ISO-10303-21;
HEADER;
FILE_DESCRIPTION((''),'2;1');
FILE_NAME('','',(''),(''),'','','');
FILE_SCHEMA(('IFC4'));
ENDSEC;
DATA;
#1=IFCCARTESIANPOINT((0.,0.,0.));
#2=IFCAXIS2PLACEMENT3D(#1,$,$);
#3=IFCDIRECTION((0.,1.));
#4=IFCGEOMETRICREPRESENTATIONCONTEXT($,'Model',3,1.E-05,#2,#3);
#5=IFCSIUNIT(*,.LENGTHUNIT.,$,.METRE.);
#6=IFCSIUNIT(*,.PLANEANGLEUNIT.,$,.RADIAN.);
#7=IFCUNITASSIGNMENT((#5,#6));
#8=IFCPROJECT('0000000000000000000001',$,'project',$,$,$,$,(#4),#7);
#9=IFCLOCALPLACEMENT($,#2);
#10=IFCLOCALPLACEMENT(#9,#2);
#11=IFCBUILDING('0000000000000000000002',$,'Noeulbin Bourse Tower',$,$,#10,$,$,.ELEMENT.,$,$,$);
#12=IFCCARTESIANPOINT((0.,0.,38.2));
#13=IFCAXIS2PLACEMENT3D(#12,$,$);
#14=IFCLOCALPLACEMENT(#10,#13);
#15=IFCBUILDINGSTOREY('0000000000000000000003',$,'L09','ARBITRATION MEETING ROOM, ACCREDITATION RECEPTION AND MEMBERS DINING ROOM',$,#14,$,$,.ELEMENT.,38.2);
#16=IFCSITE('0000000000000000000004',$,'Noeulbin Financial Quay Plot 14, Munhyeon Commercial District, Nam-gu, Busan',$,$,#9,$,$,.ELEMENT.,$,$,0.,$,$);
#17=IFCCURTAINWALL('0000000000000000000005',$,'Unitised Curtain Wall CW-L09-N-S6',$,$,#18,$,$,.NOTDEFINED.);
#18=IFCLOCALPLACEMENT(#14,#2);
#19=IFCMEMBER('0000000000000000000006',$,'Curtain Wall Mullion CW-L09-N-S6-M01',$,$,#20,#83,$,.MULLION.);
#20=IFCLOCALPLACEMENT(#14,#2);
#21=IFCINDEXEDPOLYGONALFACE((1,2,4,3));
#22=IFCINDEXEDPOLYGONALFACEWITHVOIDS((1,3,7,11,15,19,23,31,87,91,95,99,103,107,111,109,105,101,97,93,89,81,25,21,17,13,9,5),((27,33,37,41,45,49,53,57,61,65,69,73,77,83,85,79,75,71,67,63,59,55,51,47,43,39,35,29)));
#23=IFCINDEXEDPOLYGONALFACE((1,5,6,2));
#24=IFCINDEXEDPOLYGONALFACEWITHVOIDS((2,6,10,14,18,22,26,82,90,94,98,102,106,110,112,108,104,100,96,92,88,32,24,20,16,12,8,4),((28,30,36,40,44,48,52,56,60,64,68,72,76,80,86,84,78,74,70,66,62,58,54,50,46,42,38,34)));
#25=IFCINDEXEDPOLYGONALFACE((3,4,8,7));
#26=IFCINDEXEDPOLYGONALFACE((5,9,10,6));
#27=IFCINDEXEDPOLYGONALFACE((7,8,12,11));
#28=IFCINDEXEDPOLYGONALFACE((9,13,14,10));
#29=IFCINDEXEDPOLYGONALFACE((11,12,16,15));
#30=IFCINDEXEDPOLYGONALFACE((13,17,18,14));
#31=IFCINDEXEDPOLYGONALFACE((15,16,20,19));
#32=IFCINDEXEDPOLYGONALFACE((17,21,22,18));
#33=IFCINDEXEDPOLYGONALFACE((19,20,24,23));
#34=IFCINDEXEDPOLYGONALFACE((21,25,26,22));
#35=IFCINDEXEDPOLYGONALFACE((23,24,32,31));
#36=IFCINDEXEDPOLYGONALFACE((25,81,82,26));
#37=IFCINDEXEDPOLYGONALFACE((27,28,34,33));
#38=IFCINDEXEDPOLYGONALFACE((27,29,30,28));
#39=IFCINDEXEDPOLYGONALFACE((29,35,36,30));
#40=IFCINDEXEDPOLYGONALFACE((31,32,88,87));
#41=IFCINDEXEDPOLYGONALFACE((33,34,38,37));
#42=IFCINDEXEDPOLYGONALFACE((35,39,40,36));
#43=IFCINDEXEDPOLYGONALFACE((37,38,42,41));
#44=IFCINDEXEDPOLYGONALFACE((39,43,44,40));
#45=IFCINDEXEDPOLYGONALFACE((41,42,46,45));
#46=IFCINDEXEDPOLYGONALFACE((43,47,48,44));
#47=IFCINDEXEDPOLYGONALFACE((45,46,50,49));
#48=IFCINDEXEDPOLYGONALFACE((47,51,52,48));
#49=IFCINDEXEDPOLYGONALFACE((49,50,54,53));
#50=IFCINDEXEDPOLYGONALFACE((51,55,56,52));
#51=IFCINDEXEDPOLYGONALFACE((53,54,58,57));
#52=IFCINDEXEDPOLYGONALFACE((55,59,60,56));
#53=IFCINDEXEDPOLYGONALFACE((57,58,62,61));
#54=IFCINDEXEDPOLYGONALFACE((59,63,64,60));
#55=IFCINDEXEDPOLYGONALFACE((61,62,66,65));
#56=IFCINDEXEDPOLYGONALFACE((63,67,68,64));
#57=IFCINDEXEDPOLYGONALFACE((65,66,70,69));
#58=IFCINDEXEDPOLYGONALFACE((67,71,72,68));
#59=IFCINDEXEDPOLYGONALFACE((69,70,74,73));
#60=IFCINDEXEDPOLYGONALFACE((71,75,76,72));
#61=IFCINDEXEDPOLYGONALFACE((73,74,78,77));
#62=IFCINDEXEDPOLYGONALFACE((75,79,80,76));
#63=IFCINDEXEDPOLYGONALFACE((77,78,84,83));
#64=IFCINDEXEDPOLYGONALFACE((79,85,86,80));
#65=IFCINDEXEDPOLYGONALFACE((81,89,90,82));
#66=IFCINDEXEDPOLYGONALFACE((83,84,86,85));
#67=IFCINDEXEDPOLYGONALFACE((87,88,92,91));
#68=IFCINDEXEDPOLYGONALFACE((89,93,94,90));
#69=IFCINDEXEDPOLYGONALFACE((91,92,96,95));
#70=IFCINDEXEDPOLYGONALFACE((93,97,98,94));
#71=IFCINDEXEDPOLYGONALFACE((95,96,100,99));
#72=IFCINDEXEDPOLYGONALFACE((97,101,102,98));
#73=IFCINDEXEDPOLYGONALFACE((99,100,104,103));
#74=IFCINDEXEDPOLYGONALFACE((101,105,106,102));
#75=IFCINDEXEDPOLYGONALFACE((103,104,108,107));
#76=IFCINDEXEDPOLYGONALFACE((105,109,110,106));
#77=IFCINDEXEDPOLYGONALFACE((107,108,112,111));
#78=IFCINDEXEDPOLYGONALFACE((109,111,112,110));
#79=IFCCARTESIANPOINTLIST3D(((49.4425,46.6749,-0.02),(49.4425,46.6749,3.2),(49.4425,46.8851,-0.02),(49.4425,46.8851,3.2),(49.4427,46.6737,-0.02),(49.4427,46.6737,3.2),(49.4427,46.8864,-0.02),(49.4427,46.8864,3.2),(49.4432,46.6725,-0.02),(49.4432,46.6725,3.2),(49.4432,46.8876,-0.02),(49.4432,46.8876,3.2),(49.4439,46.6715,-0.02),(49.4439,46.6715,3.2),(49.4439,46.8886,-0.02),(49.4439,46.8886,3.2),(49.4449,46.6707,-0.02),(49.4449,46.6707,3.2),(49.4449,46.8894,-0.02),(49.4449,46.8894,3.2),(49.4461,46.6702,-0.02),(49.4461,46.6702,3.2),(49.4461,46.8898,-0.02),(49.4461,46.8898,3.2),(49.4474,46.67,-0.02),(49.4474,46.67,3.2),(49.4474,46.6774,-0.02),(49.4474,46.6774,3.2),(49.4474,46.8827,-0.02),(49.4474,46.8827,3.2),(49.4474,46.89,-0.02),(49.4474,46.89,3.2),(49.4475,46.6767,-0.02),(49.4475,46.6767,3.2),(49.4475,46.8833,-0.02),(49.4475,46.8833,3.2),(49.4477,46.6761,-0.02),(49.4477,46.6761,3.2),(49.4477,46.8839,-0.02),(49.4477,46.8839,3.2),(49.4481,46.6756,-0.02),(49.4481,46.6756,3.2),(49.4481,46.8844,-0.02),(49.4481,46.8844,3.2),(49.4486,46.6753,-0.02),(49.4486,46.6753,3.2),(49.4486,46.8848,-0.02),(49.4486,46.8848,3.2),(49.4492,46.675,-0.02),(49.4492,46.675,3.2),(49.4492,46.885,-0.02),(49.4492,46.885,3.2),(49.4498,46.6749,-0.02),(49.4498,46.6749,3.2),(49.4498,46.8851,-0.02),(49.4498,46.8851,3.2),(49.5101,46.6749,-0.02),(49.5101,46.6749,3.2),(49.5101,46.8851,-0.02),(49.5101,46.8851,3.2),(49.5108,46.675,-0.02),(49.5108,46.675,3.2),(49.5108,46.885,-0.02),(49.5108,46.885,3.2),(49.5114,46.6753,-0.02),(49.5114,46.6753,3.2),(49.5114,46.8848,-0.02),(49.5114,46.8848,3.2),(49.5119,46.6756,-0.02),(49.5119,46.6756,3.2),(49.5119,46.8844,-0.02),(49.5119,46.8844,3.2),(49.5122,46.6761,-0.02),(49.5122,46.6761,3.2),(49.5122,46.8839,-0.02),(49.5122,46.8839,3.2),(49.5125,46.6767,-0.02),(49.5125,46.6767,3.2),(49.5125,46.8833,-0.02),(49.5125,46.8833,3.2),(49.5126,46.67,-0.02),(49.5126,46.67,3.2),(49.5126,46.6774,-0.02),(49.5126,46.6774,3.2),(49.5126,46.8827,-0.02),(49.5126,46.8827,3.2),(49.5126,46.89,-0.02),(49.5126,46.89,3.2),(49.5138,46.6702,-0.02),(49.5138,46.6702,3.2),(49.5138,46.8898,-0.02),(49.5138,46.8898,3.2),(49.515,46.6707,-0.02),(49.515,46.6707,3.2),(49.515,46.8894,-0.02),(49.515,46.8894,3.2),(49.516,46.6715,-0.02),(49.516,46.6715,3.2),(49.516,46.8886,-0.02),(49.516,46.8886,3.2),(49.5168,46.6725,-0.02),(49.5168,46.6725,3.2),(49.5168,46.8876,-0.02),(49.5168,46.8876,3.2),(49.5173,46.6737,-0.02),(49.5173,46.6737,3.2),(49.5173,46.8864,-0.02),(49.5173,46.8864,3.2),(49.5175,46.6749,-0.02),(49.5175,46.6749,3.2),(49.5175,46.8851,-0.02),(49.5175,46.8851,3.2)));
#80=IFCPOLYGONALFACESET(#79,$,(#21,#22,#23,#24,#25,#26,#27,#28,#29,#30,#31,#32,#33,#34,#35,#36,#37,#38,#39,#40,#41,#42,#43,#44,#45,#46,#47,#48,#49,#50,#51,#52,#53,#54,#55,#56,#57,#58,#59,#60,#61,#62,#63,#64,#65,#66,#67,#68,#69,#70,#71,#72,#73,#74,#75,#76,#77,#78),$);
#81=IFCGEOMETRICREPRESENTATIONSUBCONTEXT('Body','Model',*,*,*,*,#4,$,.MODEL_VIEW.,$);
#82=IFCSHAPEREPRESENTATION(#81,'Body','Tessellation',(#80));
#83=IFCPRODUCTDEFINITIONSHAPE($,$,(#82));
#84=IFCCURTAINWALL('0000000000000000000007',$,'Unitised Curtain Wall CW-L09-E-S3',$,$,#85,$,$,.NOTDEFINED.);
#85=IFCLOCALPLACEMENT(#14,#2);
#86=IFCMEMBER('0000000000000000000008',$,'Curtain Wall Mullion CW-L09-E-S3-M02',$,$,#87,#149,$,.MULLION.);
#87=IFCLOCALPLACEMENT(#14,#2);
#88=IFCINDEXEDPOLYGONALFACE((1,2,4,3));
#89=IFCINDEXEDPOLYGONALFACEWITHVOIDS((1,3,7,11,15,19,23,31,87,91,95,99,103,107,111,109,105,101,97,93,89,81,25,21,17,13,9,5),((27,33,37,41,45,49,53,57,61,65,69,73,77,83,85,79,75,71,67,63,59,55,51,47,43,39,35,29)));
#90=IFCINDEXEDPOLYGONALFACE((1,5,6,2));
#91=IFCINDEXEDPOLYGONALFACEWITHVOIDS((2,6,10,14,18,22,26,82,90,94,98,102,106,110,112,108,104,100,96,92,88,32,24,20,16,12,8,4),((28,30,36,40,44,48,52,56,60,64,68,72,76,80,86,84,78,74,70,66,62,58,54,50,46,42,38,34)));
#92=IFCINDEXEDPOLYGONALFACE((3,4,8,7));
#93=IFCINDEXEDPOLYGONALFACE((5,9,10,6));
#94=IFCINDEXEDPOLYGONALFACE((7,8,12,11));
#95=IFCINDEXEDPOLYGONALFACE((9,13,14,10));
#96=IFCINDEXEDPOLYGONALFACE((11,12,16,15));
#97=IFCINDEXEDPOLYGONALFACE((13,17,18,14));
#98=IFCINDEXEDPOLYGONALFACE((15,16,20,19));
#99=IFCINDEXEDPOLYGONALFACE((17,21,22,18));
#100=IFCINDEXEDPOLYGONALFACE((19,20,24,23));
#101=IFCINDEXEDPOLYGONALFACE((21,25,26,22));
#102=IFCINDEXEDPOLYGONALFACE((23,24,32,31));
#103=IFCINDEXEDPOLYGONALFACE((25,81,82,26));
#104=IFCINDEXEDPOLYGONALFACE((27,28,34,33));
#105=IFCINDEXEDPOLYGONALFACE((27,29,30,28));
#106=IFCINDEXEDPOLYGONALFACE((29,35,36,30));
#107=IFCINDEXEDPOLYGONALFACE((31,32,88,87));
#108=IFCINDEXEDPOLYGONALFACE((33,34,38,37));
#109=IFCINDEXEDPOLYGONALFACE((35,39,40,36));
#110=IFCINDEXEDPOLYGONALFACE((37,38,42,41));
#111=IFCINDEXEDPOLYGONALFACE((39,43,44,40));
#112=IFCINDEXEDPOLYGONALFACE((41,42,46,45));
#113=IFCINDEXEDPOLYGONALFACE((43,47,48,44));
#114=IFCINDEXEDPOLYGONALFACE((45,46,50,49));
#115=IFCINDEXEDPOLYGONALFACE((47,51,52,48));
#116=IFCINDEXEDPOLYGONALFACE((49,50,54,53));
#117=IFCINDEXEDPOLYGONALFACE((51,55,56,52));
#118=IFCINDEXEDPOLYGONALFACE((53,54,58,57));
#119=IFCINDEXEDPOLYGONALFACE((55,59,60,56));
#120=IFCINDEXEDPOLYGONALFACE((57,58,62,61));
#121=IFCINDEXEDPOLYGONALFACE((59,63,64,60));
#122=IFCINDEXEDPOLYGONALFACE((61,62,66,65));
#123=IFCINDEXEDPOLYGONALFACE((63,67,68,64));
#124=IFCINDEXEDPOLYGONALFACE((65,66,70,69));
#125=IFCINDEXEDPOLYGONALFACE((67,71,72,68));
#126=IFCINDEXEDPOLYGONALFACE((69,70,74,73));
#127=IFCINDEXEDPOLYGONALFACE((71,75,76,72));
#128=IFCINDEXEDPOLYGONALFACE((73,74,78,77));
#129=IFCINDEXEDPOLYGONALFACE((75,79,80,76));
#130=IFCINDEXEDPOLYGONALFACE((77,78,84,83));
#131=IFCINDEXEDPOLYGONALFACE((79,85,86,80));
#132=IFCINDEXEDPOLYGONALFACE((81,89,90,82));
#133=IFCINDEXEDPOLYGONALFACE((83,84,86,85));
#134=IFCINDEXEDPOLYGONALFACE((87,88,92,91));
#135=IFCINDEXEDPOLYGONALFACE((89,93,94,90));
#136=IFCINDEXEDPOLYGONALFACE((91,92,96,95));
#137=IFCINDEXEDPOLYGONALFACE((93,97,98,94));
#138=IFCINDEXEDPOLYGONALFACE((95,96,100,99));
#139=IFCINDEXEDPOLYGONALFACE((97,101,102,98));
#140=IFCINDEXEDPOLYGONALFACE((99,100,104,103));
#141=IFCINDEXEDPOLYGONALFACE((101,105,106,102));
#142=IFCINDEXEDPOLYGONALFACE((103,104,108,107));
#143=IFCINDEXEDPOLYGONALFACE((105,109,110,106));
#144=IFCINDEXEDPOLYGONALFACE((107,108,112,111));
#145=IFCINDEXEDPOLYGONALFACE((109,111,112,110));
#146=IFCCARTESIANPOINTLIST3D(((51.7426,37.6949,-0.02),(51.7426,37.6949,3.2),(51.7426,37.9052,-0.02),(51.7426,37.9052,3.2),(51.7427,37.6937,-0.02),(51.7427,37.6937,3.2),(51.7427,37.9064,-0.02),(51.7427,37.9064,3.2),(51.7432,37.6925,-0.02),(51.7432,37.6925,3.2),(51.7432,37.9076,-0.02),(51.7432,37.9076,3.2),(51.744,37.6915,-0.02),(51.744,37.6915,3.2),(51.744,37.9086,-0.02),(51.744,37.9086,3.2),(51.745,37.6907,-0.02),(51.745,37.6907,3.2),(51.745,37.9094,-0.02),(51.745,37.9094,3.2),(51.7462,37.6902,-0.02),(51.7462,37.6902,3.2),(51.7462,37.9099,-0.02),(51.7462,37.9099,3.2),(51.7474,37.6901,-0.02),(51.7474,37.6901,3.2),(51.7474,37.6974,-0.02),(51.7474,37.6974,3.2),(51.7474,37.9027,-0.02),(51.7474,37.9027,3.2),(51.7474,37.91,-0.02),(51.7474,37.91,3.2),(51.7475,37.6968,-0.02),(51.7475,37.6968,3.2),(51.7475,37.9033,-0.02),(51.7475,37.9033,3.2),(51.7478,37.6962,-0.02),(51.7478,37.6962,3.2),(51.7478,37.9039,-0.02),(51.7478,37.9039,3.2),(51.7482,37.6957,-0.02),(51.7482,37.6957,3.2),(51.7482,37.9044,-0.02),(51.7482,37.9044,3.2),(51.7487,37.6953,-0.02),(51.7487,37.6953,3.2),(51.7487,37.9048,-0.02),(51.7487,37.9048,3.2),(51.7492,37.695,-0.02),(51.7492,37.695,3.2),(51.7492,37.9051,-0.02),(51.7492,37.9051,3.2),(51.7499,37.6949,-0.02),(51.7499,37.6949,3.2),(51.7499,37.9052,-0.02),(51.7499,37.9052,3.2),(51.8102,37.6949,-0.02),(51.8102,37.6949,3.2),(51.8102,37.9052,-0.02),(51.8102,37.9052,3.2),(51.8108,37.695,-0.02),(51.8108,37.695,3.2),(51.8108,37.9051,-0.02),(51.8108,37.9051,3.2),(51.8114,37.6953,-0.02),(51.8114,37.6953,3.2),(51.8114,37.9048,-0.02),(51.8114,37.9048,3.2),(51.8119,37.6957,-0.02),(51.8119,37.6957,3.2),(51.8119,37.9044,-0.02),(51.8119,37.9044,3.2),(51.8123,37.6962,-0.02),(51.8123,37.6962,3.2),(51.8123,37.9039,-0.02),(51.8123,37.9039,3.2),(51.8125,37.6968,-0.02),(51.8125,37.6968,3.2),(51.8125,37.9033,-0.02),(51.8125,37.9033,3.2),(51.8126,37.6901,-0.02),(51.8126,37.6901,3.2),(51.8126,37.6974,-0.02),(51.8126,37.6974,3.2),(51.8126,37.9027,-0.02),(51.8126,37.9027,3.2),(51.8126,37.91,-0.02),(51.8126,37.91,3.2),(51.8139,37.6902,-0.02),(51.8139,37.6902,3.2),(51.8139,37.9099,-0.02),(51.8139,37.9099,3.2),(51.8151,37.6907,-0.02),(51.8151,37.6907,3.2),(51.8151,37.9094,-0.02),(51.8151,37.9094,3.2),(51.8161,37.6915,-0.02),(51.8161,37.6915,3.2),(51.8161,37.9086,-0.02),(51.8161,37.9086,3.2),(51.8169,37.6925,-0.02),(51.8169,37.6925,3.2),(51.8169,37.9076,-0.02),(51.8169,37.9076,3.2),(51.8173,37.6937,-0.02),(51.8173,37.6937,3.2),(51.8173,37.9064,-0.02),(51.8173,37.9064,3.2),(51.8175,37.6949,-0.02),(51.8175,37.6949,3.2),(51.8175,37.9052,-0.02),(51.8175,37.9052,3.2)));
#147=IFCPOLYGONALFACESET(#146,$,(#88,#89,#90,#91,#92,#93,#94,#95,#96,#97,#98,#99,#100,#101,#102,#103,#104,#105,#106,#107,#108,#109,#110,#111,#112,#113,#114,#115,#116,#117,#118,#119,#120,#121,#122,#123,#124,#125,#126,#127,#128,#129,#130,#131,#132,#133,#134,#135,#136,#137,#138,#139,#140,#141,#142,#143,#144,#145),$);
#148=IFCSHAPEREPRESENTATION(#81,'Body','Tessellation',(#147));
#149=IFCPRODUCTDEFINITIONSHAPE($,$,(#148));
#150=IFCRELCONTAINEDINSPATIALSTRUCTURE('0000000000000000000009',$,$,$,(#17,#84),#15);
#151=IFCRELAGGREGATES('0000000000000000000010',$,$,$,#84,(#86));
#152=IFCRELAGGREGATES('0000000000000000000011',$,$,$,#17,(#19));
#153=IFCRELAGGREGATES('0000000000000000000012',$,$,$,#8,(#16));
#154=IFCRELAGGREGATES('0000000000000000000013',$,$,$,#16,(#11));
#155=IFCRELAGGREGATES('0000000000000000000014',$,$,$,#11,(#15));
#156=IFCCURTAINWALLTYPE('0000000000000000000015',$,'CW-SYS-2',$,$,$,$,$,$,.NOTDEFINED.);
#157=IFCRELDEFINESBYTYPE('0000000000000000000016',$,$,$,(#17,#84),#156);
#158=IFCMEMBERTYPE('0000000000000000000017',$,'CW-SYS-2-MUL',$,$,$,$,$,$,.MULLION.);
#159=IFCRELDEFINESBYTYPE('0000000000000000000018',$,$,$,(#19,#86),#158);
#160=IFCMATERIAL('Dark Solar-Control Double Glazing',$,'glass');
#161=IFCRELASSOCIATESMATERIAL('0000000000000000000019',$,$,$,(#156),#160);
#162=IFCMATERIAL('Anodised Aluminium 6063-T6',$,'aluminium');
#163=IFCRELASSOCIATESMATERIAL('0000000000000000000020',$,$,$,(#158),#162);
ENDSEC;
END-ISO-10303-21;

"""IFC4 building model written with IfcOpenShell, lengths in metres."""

from ifc_helpers import new_model, si_unit, direction, frame, origin, origin_2d, place, context, subcontext, project, spatial, hollow_rectangle, extrude, material, material_profile, profile_set, type_object, element, aggregate, save


model = new_model("IFC4")

# Units and contexts
model_context = context("Model", 3, precision=1e-05, world=origin(), true_north=direction((0.0, 1.0)))
body_context = subcontext(model_context, "Body", "Model", "MODEL_VIEW")
ifc_project = project(units=[si_unit("LENGTHUNIT", "METRE"), si_unit("PLANEANGLEUNIT", "RADIAN")], contexts=[model_context])

# Site, building, storey
site_placement = place(None, origin())
site = spatial("IfcSite", under=ifc_project, at=site_placement, Name="Noeulbin Financial Quay Plot 14, Munhyeon Commercial District, Nam-gu, Busan", CompositionType="ELEMENT", RefElevation=0.0)
building_placement = place(site_placement, origin())
building = spatial("IfcBuilding", under=site, at=building_placement, Name="Noeulbin Bourse Tower", CompositionType="ELEMENT")
storey_placement = place(building_placement, frame((0.0, 0.0, 38.2)))
storey = spatial("IfcBuildingStorey", under=building, at=storey_placement, Name="L09", Description="ARBITRATION MEETING ROOM, ACCREDITATION RECEPTION AND MEMBERS DINING ROOM", CompositionType="ELEMENT", Elevation=38.2)

# Shared definitions
ifc_material_1 = material(Name="Dark Solar-Control Double Glazing", Category="glass")
curtain_wall_type = type_object("IfcCurtainWallType", Name="CW-SYS-2", PredefinedType="NOTDEFINED", material=ifc_material_1)
ifc_material_2 = material(Name="Anodised Aluminium 6063-T6", Category="aluminium")
ifc_material_profile_1 = material_profile(ifc_material_2, hollow_rectangle(XDim=0.075, YDim=0.22, WallThickness=0.0049, InnerFilletRadius=0.0024, OuterFilletRadius=0.0049, at=origin_2d()), Name="ALU-MULL-75x220x5", Category="LoadBearing")
ifc_profile_set_1 = profile_set([ifc_material_profile_1], Name="Anodised Aluminium 6063-T6")
member_type_1 = type_object("IfcMemberType", Name="CW-SYS-2-MUL", PredefinedType="MULLION", material=ifc_profile_set_1)

# Curtain wall, member
curtain_wall_1_placement = place(storey_placement, origin())
curtain_wall_1 = element("IfcCurtainWall", 1, at=curtain_wall_1_placement, inside=storey, type_object=curtain_wall_type, Name="Unitised Curtain Wall CW-L09-N-S6", PredefinedType="NOTDEFINED")
member_1_placement = place(storey_placement, frame((49.48, 46.78, -0.02), z_axis=(0.0, 0.0, 1.0), x_axis=(1.0, 0.0, 0.0)))
member_1 = element("IfcMember", 2, at=member_1_placement, type_object=member_type_1, Name="Curtain Wall Mullion CW-L09-N-S6-M01", PredefinedType="MULLION", context=body_context, shape_type="SweptSolid", body=[
    extrude(hollow_rectangle(XDim=0.075, YDim=0.22, WallThickness=0.0049, InnerFilletRadius=0.0024, OuterFilletRadius=0.0049, at=origin_2d()), origin(), (0.0, 0.0, 1.0), 3.22),
])

# Curtain wall, member
curtain_wall_2_placement = place(storey_placement, origin())
curtain_wall_2 = element("IfcCurtainWall", 3, at=curtain_wall_2_placement, inside=storey, type_object=curtain_wall_type, Name="Unitised Curtain Wall CW-L09-E-S3", PredefinedType="NOTDEFINED")
member_2_placement = place(storey_placement, frame((51.78, 37.8, -0.02), z_axis=(0.0, 0.0, 1.0), x_axis=(1.0, 0.0, 0.0)))
member_2 = element("IfcMember", 4, at=member_2_placement, type_object=member_type_1, Name="Curtain Wall Mullion CW-L09-E-S3-M02", PredefinedType="MULLION", context=body_context, shape_type="SweptSolid", body=[
    extrude(hollow_rectangle(XDim=0.075, YDim=0.22, WallThickness=0.0049, InnerFilletRadius=0.0024, OuterFilletRadius=0.0049, at=origin_2d()), origin(), (0.0, 0.0, 1.0), 3.22),
])
aggregate(curtain_wall_2, [member_2])

aggregate(curtain_wall_1, [member_1])

save(model, "model.ifc")
